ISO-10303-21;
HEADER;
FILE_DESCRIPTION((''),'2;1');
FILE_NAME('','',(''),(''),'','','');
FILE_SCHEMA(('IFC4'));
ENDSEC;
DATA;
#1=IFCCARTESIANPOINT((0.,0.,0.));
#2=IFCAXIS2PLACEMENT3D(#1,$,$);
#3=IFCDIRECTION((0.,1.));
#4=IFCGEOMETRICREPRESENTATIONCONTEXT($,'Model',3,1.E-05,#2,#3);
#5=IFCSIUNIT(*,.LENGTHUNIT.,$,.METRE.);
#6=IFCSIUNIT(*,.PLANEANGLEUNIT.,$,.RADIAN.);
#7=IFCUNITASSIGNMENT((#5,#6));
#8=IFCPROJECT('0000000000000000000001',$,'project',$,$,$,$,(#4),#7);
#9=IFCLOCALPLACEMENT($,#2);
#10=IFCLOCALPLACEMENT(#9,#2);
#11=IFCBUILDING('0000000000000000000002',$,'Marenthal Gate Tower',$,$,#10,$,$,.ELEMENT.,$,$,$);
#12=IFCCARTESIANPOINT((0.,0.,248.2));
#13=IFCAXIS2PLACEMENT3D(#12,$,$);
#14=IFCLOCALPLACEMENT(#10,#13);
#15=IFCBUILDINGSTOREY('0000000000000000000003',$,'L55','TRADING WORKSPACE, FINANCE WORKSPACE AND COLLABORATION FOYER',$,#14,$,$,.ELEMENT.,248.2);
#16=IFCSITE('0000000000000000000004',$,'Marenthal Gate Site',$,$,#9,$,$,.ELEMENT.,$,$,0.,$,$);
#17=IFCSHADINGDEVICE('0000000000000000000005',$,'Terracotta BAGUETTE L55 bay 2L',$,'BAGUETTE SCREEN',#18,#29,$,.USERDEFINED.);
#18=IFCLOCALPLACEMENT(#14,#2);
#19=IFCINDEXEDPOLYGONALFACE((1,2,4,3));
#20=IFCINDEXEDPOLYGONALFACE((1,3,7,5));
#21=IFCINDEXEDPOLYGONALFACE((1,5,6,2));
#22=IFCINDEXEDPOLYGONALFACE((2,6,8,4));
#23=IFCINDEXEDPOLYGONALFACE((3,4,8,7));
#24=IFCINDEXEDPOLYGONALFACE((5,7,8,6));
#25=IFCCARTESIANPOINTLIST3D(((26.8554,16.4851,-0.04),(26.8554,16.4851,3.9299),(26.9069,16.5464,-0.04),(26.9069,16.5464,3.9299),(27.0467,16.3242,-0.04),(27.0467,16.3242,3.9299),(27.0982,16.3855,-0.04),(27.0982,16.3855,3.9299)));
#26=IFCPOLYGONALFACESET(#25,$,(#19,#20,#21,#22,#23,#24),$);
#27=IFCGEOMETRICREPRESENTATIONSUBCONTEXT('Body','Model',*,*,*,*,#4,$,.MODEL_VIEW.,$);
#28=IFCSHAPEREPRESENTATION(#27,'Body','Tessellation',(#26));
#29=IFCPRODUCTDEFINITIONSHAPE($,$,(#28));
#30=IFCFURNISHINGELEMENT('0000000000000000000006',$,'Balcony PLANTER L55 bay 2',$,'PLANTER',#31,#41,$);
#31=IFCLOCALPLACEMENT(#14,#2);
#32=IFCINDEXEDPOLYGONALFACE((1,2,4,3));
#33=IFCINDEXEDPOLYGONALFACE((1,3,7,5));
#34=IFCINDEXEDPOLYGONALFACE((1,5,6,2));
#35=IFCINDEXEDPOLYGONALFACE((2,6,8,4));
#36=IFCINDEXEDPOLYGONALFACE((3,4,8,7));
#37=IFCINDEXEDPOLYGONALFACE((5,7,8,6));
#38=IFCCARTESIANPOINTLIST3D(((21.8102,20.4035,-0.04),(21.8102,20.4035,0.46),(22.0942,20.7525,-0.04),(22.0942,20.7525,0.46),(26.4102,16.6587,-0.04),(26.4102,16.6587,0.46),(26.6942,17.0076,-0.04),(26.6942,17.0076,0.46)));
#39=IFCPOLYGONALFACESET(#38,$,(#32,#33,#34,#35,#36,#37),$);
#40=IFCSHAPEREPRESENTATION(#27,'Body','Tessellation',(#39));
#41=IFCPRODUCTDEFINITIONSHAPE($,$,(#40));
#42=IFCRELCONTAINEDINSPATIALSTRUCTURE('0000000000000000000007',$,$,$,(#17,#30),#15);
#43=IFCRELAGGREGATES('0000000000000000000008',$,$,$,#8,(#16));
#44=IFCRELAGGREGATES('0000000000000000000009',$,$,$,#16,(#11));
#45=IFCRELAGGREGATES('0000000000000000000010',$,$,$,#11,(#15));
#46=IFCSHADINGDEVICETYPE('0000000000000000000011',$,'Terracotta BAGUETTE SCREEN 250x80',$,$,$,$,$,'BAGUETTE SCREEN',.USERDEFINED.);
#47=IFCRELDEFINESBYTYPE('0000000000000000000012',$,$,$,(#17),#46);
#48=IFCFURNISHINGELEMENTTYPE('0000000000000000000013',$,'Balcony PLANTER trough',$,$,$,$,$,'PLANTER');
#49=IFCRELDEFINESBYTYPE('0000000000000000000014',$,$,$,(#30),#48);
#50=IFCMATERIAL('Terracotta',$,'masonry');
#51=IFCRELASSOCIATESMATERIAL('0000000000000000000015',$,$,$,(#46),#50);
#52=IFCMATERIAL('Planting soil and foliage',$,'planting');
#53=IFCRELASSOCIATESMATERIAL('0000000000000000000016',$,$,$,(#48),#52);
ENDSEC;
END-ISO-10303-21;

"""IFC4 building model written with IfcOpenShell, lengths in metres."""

from ifc_helpers import new_model, si_unit, direction, frame, origin, origin_2d, place, context, subcontext, project, spatial, rectangle, extrude, material, material_profile, profile_set, type_object, element, save


model = new_model("IFC4")

# Units and contexts
model_context = context("Model", 3, precision=1e-05, world=origin(), true_north=direction((0.0, 1.0)))
body_context = subcontext(model_context, "Body", "Model", "MODEL_VIEW")
ifc_project = project(units=[si_unit("LENGTHUNIT", "METRE"), si_unit("PLANEANGLEUNIT", "RADIAN")], contexts=[model_context])

# Site, building, storey
site_placement = place(None, origin())
site = spatial("IfcSite", under=ifc_project, at=site_placement, Name="Marenthal Gate Site", CompositionType="ELEMENT", RefElevation=0.0)
building_placement = place(site_placement, origin())
building = spatial("IfcBuilding", under=site, at=building_placement, Name="Marenthal Gate Tower", CompositionType="ELEMENT")
storey_placement = place(building_placement, frame((0.0, 0.0, 248.2)))
storey = spatial("IfcBuildingStorey", under=building, at=storey_placement, Name="L55", Description="TRADING WORKSPACE, FINANCE WORKSPACE AND COLLABORATION FOYER", CompositionType="ELEMENT", Elevation=248.2)

# Shading device
ifc_material_1 = material(Name="Terracotta", Category="masonry")
ifc_material_profile_1 = material_profile(ifc_material_1, rectangle(XDim=0.25, YDim=0.0801, at=origin_2d()), Name="Terracotta baguette 250x80")
ifc_profile_set_1 = profile_set([ifc_material_profile_1], Name="Terracotta")
shading_device_type = type_object("IfcShadingDeviceType", Name="Terracotta BAGUETTE SCREEN 250x80", ElementType="BAGUETTE SCREEN", PredefinedType="USERDEFINED", material=ifc_profile_set_1)
shading_device_placement = place(storey_placement, frame((26.9768, 16.4353, -0.04), z_axis=(0.0, 0.0, 1.0), x_axis=(-0.765398, 0.643557, 0.0)))
element("IfcShadingDevice", 1, at=shading_device_placement, inside=storey, type_object=shading_device_type, Name="Terracotta BAGUETTE L55 bay 2L", ObjectType="BAGUETTE SCREEN", PredefinedType="USERDEFINED", context=body_context, shape_type="SweptSolid", body=[
    extrude(rectangle(XDim=0.25, YDim=0.0801, at=origin_2d()), origin(), (0.0, 0.0, 1.0), 3.97),
])

# Furnishing element
ifc_material_2 = material(Name="Planting soil and foliage", Category="planting")
furnishing_element_type = type_object("IfcFurnishingElementType", Name="Balcony PLANTER trough", ElementType="PLANTER", material=ifc_material_2)
furnishing_placement = place(storey_placement, frame((24.2522, 18.7056, -0.04), z_axis=(0.0, 0.0, 1.0), x_axis=(-0.775505, 0.631342, 0.0)))
element("IfcFurnishingElement", 2, at=furnishing_placement, inside=storey, type_object=furnishing_element_type, Name="Balcony PLANTER L55 bay 2", ObjectType="PLANTER", context=body_context, shape_type="SweptSolid", body=[
    extrude(rectangle(XDim=5.9316, YDim=0.45, at=origin_2d()), origin(), (0.0, 0.0, 1.0), 0.5),
])

save(model, "model.ifc")
